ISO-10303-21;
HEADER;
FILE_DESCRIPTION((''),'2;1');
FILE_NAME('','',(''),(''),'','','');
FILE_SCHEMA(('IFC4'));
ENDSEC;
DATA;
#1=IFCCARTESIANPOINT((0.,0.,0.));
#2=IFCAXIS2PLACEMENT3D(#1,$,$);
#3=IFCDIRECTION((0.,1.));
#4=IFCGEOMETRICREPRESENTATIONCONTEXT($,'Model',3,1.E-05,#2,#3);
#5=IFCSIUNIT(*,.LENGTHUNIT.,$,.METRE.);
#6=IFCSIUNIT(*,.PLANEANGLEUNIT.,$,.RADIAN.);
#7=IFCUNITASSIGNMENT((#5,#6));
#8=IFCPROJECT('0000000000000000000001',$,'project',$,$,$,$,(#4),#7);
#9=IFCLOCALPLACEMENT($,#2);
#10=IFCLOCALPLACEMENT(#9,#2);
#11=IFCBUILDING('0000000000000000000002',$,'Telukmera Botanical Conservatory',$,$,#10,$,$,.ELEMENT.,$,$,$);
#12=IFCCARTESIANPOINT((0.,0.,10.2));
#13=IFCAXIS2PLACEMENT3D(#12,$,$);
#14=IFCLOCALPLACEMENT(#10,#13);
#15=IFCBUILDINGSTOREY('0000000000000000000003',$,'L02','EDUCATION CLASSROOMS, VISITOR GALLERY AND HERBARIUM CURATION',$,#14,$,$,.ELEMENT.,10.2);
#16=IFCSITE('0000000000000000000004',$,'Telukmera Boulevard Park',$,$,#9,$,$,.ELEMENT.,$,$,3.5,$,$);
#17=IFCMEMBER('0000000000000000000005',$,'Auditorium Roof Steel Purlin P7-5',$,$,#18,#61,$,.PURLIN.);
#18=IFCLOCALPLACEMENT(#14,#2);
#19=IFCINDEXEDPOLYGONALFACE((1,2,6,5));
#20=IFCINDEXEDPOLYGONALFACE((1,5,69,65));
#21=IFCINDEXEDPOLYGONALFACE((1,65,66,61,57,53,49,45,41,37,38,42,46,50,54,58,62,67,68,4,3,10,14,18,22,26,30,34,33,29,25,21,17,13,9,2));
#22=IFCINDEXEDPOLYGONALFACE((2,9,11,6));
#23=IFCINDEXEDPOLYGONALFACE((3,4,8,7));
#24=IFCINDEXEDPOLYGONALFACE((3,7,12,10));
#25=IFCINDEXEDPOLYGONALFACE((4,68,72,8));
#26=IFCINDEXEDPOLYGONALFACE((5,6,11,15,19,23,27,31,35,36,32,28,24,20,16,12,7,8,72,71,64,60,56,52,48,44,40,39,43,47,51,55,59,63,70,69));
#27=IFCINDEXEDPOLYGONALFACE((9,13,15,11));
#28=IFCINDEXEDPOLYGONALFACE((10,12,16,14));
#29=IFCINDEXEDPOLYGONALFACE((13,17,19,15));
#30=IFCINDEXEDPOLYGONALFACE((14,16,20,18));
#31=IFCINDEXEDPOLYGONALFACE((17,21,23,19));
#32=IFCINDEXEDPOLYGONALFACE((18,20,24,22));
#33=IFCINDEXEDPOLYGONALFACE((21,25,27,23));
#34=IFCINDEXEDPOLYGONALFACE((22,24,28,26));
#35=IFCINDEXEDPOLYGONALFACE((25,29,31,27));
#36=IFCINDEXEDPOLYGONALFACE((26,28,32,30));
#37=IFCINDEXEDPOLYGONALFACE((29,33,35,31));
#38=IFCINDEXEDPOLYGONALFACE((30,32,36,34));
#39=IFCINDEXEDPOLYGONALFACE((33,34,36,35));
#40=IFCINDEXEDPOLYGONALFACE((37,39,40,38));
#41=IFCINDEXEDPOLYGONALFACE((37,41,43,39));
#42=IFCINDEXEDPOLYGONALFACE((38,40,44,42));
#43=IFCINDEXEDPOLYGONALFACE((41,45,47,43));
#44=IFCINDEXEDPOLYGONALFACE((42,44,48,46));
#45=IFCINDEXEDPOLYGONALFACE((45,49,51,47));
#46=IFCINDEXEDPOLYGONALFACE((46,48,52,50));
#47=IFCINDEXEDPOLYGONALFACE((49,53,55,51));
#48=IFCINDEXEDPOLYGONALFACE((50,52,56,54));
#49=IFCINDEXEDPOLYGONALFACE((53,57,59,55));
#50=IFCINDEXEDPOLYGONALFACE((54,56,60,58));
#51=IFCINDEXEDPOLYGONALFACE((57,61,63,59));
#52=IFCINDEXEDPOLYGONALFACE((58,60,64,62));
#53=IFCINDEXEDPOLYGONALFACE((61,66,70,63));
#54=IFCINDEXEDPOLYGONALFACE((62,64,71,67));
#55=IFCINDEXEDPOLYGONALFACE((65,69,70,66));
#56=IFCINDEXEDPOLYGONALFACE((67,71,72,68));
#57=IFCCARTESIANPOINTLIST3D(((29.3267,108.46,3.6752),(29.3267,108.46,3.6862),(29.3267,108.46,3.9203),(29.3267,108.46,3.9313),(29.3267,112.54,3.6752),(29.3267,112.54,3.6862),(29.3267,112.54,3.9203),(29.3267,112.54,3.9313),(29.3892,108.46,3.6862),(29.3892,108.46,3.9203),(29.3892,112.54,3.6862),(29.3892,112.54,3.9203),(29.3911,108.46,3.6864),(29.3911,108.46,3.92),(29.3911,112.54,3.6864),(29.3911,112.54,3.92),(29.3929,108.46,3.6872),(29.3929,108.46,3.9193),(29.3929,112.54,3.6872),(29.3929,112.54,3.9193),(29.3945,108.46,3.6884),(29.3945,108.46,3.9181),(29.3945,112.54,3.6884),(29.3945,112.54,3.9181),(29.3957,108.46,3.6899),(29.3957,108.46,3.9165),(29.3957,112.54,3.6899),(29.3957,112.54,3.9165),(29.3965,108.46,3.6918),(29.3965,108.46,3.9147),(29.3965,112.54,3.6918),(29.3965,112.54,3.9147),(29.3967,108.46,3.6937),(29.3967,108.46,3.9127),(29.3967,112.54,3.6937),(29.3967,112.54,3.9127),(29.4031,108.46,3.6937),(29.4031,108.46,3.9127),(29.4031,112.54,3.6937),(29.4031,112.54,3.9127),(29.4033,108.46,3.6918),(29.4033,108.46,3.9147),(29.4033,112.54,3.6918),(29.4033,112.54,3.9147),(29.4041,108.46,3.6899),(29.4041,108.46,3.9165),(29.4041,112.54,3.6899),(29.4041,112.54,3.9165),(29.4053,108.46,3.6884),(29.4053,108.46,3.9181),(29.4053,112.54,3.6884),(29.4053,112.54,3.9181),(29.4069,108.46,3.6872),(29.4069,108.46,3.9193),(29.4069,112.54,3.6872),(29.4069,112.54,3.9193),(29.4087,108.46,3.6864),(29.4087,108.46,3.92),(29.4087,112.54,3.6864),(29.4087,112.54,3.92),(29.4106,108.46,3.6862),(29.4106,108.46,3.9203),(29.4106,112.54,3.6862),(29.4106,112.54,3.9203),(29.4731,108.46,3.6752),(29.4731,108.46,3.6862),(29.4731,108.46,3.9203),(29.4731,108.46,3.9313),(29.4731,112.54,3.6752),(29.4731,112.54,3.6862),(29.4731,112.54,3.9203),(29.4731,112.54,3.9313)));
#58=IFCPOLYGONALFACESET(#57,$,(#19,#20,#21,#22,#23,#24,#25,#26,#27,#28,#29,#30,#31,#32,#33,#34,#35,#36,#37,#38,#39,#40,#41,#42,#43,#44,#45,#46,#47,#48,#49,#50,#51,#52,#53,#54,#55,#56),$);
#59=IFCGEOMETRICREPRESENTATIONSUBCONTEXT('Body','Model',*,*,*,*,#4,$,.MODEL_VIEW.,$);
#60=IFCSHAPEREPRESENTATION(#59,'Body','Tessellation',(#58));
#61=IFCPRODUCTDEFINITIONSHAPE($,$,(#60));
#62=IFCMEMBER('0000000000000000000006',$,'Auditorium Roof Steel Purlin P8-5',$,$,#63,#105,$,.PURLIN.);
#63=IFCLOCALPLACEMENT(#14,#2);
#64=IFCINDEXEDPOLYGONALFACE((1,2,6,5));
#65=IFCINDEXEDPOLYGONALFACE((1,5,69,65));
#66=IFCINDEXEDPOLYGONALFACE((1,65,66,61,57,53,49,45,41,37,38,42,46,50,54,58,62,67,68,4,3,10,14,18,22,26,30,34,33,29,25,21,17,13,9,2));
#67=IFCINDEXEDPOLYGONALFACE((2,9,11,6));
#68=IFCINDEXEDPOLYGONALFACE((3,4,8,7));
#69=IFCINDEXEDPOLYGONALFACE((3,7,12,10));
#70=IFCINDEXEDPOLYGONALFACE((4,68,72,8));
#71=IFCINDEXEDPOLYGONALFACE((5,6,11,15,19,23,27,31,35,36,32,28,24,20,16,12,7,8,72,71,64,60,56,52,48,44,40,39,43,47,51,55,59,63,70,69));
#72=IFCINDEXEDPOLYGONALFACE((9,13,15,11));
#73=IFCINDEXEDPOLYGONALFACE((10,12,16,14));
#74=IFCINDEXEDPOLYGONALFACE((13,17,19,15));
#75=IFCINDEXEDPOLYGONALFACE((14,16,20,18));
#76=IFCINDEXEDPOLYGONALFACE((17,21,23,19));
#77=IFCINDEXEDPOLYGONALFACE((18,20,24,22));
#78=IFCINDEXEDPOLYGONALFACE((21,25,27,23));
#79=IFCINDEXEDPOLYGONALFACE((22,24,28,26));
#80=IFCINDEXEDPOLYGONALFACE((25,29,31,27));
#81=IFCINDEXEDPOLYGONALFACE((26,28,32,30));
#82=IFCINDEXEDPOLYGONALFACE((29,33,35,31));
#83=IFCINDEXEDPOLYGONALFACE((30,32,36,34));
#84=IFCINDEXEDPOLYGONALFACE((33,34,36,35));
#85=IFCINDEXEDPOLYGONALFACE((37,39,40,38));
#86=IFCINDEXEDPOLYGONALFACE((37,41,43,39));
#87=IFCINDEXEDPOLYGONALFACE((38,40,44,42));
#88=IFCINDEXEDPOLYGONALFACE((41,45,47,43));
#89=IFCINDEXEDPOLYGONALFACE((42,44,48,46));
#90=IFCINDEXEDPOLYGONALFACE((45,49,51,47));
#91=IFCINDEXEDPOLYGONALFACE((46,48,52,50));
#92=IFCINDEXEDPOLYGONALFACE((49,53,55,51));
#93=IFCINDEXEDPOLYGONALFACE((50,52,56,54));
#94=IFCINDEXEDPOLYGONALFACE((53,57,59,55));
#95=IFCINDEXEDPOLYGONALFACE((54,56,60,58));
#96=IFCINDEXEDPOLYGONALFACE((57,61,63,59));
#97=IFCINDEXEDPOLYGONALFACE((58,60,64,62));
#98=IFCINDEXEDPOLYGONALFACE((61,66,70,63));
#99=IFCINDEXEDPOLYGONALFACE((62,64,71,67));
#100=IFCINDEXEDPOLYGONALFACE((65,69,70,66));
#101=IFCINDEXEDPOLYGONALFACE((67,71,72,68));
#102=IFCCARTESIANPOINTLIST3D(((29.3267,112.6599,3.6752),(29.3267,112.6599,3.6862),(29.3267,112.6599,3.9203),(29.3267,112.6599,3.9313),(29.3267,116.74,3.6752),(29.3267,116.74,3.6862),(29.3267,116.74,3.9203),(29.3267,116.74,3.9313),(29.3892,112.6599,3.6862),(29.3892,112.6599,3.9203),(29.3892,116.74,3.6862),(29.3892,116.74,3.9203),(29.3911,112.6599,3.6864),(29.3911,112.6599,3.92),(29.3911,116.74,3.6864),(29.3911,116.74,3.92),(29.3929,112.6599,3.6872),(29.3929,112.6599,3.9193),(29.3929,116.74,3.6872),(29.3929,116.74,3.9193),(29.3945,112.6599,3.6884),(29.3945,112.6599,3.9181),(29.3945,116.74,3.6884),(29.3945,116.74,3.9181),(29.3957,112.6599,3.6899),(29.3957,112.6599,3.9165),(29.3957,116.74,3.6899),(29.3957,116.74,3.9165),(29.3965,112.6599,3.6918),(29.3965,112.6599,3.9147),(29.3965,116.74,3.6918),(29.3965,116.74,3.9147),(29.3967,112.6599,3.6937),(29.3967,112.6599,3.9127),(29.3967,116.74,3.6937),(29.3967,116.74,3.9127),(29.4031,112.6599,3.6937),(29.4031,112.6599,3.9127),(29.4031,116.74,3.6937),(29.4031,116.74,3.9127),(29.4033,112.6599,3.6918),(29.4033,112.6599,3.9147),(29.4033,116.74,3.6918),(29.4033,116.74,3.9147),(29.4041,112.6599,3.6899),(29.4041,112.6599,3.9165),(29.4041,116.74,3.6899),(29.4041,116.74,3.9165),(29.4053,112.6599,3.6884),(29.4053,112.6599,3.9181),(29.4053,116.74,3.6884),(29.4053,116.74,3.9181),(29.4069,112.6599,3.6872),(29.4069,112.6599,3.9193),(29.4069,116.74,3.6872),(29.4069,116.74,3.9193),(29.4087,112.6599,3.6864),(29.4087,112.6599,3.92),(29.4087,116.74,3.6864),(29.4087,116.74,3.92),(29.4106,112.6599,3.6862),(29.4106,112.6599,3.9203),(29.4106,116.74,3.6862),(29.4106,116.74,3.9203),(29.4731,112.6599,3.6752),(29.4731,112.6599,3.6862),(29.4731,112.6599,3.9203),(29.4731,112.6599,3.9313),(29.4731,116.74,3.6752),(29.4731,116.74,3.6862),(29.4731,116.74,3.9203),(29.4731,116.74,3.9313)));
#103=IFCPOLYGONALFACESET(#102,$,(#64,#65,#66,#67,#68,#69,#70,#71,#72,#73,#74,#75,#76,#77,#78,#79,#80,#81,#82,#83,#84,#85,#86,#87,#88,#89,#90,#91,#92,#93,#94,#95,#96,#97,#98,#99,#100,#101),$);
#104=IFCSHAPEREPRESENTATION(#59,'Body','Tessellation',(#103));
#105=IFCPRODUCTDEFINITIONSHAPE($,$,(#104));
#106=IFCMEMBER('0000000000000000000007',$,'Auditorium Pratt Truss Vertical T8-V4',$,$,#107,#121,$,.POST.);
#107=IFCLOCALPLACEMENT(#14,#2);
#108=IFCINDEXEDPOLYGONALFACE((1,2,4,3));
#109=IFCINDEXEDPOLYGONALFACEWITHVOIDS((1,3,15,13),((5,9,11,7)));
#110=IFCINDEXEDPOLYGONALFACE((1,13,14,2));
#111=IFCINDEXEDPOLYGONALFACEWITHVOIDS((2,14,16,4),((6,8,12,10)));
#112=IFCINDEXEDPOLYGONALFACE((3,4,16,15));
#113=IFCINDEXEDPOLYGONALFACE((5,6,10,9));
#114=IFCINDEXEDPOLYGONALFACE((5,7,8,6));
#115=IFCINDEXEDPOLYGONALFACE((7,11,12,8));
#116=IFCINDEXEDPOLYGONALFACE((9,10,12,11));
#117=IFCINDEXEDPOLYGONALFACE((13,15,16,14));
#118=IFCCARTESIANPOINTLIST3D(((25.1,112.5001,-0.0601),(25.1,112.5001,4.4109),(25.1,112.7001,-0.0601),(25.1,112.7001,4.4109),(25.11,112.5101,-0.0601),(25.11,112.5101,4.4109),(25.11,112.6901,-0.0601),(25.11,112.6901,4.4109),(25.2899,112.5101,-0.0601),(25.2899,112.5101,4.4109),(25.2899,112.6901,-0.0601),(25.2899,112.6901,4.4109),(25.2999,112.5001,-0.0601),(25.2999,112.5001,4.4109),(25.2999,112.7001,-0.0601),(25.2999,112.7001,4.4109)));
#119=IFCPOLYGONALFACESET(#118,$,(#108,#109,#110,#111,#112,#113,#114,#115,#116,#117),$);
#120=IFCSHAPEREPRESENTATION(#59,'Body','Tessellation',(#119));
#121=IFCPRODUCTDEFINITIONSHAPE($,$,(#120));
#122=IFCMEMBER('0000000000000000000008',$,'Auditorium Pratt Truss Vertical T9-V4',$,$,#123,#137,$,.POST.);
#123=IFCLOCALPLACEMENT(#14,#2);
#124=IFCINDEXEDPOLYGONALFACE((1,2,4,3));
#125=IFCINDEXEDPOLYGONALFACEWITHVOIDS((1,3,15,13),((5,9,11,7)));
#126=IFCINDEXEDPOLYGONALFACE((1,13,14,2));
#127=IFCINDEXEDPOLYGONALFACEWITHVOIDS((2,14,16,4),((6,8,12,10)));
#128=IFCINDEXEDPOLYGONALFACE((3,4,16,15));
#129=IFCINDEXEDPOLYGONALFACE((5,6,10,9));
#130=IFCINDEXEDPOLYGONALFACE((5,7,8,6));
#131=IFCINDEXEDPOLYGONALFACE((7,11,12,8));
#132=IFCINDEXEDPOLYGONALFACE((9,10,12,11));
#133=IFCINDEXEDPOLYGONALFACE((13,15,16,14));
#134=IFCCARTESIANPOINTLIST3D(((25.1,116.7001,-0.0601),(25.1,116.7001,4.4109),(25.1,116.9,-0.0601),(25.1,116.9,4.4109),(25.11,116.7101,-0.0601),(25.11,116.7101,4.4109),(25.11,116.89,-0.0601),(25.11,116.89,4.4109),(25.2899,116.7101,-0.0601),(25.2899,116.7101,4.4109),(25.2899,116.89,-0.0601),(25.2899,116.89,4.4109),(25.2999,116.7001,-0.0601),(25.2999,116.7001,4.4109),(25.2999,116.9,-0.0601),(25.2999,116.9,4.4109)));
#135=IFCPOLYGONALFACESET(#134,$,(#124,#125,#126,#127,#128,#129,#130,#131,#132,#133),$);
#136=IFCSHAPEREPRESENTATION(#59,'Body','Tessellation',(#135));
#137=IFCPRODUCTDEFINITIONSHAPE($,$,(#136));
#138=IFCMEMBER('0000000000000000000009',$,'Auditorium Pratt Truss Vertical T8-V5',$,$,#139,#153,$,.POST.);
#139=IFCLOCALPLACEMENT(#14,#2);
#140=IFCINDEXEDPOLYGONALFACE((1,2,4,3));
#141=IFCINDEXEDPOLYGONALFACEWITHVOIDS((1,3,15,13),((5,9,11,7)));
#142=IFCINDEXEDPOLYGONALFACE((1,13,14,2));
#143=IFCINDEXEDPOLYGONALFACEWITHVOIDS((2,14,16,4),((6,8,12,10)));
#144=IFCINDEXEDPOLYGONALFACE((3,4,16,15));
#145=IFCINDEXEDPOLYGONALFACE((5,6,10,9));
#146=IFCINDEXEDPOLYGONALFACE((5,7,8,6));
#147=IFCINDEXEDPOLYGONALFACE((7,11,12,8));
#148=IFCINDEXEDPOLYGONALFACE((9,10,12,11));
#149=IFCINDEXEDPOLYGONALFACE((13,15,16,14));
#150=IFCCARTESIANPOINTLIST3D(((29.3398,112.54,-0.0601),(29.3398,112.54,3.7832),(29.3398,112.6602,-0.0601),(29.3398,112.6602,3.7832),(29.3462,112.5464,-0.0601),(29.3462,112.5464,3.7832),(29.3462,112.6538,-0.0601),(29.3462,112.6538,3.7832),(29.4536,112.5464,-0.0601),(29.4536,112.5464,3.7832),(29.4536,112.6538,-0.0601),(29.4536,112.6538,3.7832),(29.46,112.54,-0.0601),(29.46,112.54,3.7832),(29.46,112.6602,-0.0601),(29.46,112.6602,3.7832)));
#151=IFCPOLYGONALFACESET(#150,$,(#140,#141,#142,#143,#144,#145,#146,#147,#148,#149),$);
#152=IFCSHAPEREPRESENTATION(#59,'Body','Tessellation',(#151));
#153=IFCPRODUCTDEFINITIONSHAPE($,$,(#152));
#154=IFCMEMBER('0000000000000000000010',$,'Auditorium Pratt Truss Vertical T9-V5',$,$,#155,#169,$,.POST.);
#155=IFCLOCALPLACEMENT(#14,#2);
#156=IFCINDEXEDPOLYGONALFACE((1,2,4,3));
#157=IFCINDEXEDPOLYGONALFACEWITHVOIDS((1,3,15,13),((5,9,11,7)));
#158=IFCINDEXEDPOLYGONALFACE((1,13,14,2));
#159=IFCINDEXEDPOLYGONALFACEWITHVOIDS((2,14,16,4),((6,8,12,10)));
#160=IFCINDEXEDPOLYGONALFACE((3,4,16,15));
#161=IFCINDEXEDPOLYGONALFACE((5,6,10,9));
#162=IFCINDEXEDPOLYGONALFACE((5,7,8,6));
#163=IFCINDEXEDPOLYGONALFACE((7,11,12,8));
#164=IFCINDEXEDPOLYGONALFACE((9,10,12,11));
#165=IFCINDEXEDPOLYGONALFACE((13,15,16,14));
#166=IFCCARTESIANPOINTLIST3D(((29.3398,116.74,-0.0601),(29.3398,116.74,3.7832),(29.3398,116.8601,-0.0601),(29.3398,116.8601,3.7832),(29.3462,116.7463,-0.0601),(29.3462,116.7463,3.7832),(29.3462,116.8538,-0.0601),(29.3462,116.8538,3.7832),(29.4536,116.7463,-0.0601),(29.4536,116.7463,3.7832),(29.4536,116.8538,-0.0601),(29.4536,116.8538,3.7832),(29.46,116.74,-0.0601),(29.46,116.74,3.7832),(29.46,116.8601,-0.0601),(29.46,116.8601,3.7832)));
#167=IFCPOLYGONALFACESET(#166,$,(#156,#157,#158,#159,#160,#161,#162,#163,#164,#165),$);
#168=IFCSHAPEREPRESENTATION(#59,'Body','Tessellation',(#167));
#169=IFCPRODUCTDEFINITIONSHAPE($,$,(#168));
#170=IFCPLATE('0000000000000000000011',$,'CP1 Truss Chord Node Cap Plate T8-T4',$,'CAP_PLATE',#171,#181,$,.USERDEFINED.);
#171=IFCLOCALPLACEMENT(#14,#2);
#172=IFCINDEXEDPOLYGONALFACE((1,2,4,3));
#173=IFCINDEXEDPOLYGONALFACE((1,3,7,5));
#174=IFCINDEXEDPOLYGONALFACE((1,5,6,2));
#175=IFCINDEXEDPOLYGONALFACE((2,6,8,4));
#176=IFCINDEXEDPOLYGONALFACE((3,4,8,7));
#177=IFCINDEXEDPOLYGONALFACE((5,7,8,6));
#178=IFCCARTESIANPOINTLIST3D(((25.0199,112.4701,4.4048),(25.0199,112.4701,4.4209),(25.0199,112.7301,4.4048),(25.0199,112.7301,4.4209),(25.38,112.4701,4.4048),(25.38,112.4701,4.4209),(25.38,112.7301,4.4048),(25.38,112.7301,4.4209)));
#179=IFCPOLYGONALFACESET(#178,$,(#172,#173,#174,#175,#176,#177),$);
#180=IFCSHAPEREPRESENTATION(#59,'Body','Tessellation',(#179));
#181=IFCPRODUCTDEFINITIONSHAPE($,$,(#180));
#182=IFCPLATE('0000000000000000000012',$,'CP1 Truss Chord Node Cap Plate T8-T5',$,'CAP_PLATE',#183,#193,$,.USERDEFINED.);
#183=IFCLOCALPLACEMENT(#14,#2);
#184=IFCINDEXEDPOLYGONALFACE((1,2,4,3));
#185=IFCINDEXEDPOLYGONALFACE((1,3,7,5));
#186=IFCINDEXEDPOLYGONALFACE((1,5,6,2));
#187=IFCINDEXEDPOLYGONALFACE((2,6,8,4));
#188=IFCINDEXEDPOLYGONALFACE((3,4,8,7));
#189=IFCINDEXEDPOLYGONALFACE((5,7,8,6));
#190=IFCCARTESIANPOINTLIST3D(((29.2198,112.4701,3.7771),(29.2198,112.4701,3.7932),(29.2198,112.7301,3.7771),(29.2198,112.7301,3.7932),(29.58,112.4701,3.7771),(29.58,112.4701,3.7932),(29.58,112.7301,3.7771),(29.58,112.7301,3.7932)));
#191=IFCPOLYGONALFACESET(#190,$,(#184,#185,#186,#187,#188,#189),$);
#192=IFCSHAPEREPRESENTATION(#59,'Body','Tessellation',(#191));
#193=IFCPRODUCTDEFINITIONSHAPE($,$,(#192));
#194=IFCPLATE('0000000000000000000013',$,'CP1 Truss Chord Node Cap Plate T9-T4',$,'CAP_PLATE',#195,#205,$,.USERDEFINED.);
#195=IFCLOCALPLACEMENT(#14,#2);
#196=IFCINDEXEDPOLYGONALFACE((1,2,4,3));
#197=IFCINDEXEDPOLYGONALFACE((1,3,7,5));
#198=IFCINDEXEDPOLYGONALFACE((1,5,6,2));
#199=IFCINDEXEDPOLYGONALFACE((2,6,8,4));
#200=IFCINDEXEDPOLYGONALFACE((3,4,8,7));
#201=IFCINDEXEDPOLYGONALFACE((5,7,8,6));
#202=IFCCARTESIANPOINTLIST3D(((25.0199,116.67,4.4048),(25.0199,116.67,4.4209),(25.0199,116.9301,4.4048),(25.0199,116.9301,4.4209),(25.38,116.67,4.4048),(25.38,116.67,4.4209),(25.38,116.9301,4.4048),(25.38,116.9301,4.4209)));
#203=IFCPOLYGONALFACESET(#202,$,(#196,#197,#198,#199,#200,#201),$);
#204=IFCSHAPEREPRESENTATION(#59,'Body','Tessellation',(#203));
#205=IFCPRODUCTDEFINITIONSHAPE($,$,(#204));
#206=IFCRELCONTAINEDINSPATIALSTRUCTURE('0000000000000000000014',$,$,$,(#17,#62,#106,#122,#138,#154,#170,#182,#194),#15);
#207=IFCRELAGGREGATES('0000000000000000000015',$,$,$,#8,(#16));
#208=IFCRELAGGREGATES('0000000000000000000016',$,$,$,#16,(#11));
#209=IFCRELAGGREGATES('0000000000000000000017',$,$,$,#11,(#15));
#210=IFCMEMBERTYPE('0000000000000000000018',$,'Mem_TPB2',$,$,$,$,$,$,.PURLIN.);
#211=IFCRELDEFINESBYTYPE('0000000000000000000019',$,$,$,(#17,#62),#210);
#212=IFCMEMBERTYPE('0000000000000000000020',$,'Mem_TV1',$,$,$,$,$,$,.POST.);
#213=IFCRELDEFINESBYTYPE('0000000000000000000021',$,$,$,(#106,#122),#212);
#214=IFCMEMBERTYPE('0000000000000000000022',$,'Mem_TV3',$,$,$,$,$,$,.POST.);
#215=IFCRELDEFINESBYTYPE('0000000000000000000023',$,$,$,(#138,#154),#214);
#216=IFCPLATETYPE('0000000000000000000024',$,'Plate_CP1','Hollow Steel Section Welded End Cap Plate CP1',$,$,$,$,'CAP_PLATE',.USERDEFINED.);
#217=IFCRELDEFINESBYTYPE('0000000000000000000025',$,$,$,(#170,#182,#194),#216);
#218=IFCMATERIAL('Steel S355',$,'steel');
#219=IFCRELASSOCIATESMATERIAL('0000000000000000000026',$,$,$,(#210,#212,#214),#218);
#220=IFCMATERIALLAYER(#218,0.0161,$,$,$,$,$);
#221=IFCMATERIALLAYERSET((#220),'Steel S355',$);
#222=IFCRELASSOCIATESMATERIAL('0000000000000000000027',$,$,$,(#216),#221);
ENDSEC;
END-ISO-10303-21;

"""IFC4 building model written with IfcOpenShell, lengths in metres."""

from ifc_helpers import new_model, si_unit, direction, frame, origin, origin_2d, place, context, subcontext, project, spatial, rectangle, hollow_rectangle, i_section, extrude, material, layer, layer_set, material_profile, profile_set, type_object, element, save


model = new_model("IFC4")

# Units and contexts
model_context = context("Model", 3, precision=1e-05, world=origin(), true_north=direction((0.0, 1.0)))
body_context = subcontext(model_context, "Body", "Model", "MODEL_VIEW")
ifc_project = project(units=[si_unit("LENGTHUNIT", "METRE"), si_unit("PLANEANGLEUNIT", "RADIAN")], contexts=[model_context])

# Site, building, storey
site_placement = place(None, origin())
site = spatial("IfcSite", under=ifc_project, at=site_placement, Name="Telukmera Boulevard Park", CompositionType="ELEMENT", RefElevation=3.5)
building_placement = place(site_placement, origin())
building = spatial("IfcBuilding", under=site, at=building_placement, Name="Telukmera Botanical Conservatory", CompositionType="ELEMENT")
storey_placement = place(building_placement, frame((0.0, 0.0, 10.2)))
storey = spatial("IfcBuildingStorey", under=building, at=storey_placement, Name="L02", Description="EDUCATION CLASSROOMS, VISITOR GALLERY AND HERBARIUM CURATION", CompositionType="ELEMENT", Elevation=10.2)

# Members
ifc_material_1 = material(Name="Steel S355", Category="steel")
ifc_material_profile_1 = material_profile(ifc_material_1, i_section(OverallWidth=0.1465, OverallDepth=0.2561, WebThickness=0.0063, FlangeThickness=0.011, FilletRadius=0.0076, at=origin_2d()), Name="UB 254x146x37")
ifc_profile_set_1 = profile_set([ifc_material_profile_1], Name="Steel S355")
member_type_1 = type_object("IfcMemberType", Name="Mem_TPB2", PredefinedType="PURLIN", material=ifc_profile_set_1)
for number, where, z_axis, x_axis, name in (
    (1, (29.3999, 108.46, 3.8032), (0.0, 1.0, 0.0), (-1.0, 0.0, 0.0), "Auditorium Roof Steel Purlin P7-5"),
    (2, (29.3999, 112.6599, 3.8032), (0.0, 1.0, 0.0), (-1.0, 0.0, 0.0), "Auditorium Roof Steel Purlin P8-5"),
):
    element("IfcMember", number, at=place(storey_placement, frame(where, z_axis=z_axis, x_axis=x_axis)), inside=storey, type_object=member_type_1, Name=name, PredefinedType="PURLIN", context=body_context, shape_type="SweptSolid", body=[
        extrude(i_section(OverallWidth=0.1465, OverallDepth=0.2561, WebThickness=0.0063, FlangeThickness=0.011, FilletRadius=0.0076, at=origin_2d()), origin(), (0.0, 0.0, 1.0), 4.0801),
    ])
ifc_material_profile_2 = material_profile(ifc_material_1, hollow_rectangle(XDim=0.2, YDim=0.2, WallThickness=0.01, at=origin_2d()), Name="SHS 200x200x10.0")
ifc_profile_set_2 = profile_set([ifc_material_profile_2], Name="Steel S355")
member_type_2 = type_object("IfcMemberType", Name="Mem_TV1", PredefinedType="POST", material=ifc_profile_set_2)
for number, where, z_axis, x_axis, name in (
    (3, (25.2, 112.6001, -0.0601), (0.0, 0.0, 1.0), (1.0, 0.0, 0.0), "Auditorium Pratt Truss Vertical T8-V4"),
    (4, (25.2, 116.8, -0.0601), (0.0, 0.0, 1.0), (1.0, 0.0, 0.0), "Auditorium Pratt Truss Vertical T9-V4"),
):
    element("IfcMember", number, at=place(storey_placement, frame(where, z_axis=z_axis, x_axis=x_axis)), inside=storey, type_object=member_type_2, Name=name, PredefinedType="POST", context=body_context, shape_type="SweptSolid", body=[
        extrude(hollow_rectangle(XDim=0.2, YDim=0.2, WallThickness=0.01, at=origin_2d()), origin(), (0.0, 0.0, 1.0), 4.4709),
    ])
ifc_material_profile_3 = material_profile(ifc_material_1, hollow_rectangle(XDim=0.1201, YDim=0.1201, WallThickness=0.0063, at=origin_2d()), Name="SHS 120x120x6.3")
ifc_profile_set_3 = profile_set([ifc_material_profile_3], Name="Steel S355")
member_type_3 = type_object("IfcMemberType", Name="Mem_TV3", PredefinedType="POST", material=ifc_profile_set_3)
for number, where, z_axis, x_axis, name in (
    (5, (29.3999, 112.6001, -0.0601), (0.0, 0.0, 1.0), (1.0, 0.0, 0.0), "Auditorium Pratt Truss Vertical T8-V5"),
    (6, (29.3999, 116.8, -0.0601), (0.0, 0.0, 1.0), (1.0, 0.0, 0.0), "Auditorium Pratt Truss Vertical T9-V5"),
):
    element("IfcMember", number, at=place(storey_placement, frame(where, z_axis=z_axis, x_axis=x_axis)), inside=storey, type_object=member_type_3, Name=name, PredefinedType="POST", context=body_context, shape_type="SweptSolid", body=[
        extrude(hollow_rectangle(XDim=0.1201, YDim=0.1201, WallThickness=0.0063, at=origin_2d()), origin(), (0.0, 0.0, 1.0), 3.8433),
    ])

# Plates
ifc_layer_1 = layer(ifc_material_1, 0.0161)
ifc_layer_set_1 = layer_set([ifc_layer_1], Name="Steel S355")
plate_type_1 = type_object("IfcPlateType", Name="Plate_CP1", Description="Hollow Steel Section Welded End Cap Plate CP1", ElementType="CAP_PLATE", PredefinedType="USERDEFINED", material=ifc_layer_set_1)
for number, where, z_axis, x_axis, name in (
    (7, (25.2, 112.6001, 4.4048), (0.0, 0.0, 1.0), (1.0, 0.0, 0.0), "CP1 Truss Chord Node Cap Plate T8-T4"),
    (8, (29.3999, 112.6001, 3.7771), (0.0, 0.0, 1.0), (1.0, 0.0, 0.0), "CP1 Truss Chord Node Cap Plate T8-T5"),
    (9, (25.2, 116.8, 4.4048), (0.0, 0.0, 1.0), (1.0, 0.0, 0.0), "CP1 Truss Chord Node Cap Plate T9-T4"),
):
    element("IfcPlate", number, at=place(storey_placement, frame(where, z_axis=z_axis, x_axis=x_axis)), inside=storey, type_object=plate_type_1, Name=name, ObjectType="CAP_PLATE", PredefinedType="USERDEFINED", context=body_context, shape_type="SweptSolid", body=[
        extrude(rectangle(XDim=0.3601, YDim=0.26, at=origin_2d()), origin(), (0.0, 0.0, 1.0), 0.0161),
    ])

save(model, "model.ifc")
